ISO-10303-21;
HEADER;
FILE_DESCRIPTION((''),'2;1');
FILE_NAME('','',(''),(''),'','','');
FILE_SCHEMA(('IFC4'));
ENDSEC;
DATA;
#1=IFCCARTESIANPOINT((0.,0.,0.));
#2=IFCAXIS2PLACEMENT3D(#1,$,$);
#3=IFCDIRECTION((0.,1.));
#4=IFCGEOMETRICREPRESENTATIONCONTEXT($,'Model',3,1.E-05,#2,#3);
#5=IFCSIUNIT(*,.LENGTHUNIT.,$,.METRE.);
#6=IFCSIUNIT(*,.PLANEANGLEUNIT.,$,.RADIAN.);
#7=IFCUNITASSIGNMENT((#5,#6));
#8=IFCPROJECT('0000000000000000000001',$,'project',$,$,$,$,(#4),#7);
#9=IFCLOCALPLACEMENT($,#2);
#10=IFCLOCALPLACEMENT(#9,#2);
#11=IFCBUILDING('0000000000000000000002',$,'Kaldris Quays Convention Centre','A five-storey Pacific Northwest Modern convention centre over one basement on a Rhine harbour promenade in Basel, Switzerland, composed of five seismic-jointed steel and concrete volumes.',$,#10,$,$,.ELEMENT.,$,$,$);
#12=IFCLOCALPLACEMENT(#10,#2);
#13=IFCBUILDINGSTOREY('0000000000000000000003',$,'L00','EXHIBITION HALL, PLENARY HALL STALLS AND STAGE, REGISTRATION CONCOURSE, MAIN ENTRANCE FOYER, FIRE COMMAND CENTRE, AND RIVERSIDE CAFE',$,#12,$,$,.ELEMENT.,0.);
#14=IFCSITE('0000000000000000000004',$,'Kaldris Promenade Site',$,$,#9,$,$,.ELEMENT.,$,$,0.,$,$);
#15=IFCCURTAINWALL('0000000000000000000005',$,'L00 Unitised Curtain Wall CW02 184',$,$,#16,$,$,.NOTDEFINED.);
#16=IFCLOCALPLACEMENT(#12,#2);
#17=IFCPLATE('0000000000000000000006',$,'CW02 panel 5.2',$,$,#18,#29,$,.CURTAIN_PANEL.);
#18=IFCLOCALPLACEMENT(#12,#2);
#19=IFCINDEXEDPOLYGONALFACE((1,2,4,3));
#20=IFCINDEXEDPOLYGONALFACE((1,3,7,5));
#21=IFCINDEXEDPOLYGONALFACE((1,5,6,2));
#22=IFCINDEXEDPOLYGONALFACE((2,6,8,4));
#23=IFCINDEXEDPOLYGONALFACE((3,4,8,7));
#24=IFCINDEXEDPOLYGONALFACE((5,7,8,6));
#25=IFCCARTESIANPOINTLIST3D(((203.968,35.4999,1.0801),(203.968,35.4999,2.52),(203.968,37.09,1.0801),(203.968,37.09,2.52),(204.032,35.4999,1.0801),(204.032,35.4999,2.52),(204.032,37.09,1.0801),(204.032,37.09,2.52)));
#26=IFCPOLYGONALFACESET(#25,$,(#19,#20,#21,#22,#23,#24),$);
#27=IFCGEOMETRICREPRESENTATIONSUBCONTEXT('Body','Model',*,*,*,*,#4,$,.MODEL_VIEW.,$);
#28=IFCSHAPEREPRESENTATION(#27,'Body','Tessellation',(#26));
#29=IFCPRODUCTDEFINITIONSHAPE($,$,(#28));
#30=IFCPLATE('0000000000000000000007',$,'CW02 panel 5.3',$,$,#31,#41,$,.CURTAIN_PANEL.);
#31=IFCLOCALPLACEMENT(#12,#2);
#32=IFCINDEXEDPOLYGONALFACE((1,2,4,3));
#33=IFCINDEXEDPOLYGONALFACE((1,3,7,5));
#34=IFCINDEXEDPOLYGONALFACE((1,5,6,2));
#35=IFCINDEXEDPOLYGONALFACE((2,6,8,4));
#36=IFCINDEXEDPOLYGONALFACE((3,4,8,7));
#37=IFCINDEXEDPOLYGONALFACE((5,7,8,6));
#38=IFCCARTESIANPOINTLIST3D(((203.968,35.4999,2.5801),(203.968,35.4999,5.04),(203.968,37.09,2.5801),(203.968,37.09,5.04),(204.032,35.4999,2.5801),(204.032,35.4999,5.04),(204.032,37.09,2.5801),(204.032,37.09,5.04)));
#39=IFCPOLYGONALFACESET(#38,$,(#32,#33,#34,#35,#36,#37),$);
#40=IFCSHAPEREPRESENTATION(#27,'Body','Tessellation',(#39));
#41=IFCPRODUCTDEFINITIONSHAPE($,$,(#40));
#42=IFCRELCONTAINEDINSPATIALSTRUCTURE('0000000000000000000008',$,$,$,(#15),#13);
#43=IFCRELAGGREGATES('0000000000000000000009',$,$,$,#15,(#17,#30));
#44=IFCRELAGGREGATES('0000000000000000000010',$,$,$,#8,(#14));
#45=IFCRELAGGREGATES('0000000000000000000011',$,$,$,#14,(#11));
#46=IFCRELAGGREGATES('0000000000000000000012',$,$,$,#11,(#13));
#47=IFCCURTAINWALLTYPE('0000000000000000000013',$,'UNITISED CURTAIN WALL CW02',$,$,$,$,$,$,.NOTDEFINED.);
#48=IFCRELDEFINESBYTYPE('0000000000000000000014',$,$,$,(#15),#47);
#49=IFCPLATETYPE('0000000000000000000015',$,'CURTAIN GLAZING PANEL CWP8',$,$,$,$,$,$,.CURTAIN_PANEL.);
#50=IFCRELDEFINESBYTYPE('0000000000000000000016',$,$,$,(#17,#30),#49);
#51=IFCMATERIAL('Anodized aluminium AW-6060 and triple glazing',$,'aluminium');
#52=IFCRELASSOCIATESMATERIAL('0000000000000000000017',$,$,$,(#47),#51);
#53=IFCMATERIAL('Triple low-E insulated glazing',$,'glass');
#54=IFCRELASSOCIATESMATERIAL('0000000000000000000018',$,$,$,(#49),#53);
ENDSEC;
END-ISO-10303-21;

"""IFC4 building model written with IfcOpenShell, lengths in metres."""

from ifc_helpers import new_model, si_unit, direction, frame, origin, origin_2d, place, context, subcontext, project, spatial, rectangle, extrude, material, type_object, element, aggregate, save


model = new_model("IFC4")

# Units and contexts
model_context = context("Model", 3, precision=1e-05, world=origin(), true_north=direction((0.0, 1.0)))
body_context = subcontext(model_context, "Body", "Model", "MODEL_VIEW")
ifc_project = project(units=[si_unit("LENGTHUNIT", "METRE"), si_unit("PLANEANGLEUNIT", "RADIAN")], contexts=[model_context])

# Site, building, storey
site_placement = place(None, origin())
site = spatial("IfcSite", under=ifc_project, at=site_placement, Name="Kaldris Promenade Site", CompositionType="ELEMENT", RefElevation=0.0)
building_placement = place(site_placement, origin())
building = spatial("IfcBuilding", under=site, at=building_placement, Name="Kaldris Quays Convention Centre", Description="A five-storey Pacific Northwest Modern convention centre over one basement on a Rhine harbour promenade in Basel, Switzerland, composed of five seismic-jointed steel and concrete volumes.", CompositionType="ELEMENT")
storey_placement = place(building_placement, origin())
storey = spatial("IfcBuildingStorey", under=building, at=storey_placement, Name="L00", Description="EXHIBITION HALL, PLENARY HALL STALLS AND STAGE, REGISTRATION CONCOURSE, MAIN ENTRANCE FOYER, FIRE COMMAND CENTRE, AND RIVERSIDE CAFE", CompositionType="ELEMENT", Elevation=0.0)

# Curtain wall, plates
ifc_material_1 = material(Name="Anodized aluminium AW-6060 and triple glazing", Category="aluminium")
curtain_wall_type = type_object("IfcCurtainWallType", Name="UNITISED CURTAIN WALL CW02", PredefinedType="NOTDEFINED", material=ifc_material_1)
curtain_wall_placement = place(storey_placement, origin())
curtain_wall = element("IfcCurtainWall", 1, at=curtain_wall_placement, inside=storey, type_object=curtain_wall_type, Name="L00 Unitised Curtain Wall CW02 184", PredefinedType="NOTDEFINED")
ifc_material_2 = material(Name="Triple low-E insulated glazing", Category="glass")
plate_type = type_object("IfcPlateType", Name="CURTAIN GLAZING PANEL CWP8", PredefinedType="CURTAIN_PANEL", material=ifc_material_2)
plate_1_placement = place(storey_placement, frame((204.0, 36.2949, 1.0801), z_axis=(0.0, 0.0, 1.0), x_axis=(0.0, 1.0, 0.0)))
plate_1 = element("IfcPlate", 2, at=plate_1_placement, type_object=plate_type, Name="CW02 panel 5.2", PredefinedType="CURTAIN_PANEL", context=body_context, shape_type="SweptSolid", body=[
    extrude(rectangle(XDim=1.5901, YDim=0.064, at=origin_2d()), origin(), (0.0, 0.0, 1.0), 1.4399),
])
plate_2_placement = place(storey_placement, frame((204.0, 36.2949, 2.5801), z_axis=(0.0, 0.0, 1.0), x_axis=(0.0, 1.0, 0.0)))
plate_2 = element("IfcPlate", 3, at=plate_2_placement, type_object=plate_type, Name="CW02 panel 5.3", PredefinedType="CURTAIN_PANEL", context=body_context, shape_type="SweptSolid", body=[
    extrude(rectangle(XDim=1.5901, YDim=0.064, at=origin_2d()), origin(), (0.0, 0.0, 1.0), 2.46),
])
aggregate(curtain_wall, [plate_1, plate_2])

save(model, "model.ifc")
